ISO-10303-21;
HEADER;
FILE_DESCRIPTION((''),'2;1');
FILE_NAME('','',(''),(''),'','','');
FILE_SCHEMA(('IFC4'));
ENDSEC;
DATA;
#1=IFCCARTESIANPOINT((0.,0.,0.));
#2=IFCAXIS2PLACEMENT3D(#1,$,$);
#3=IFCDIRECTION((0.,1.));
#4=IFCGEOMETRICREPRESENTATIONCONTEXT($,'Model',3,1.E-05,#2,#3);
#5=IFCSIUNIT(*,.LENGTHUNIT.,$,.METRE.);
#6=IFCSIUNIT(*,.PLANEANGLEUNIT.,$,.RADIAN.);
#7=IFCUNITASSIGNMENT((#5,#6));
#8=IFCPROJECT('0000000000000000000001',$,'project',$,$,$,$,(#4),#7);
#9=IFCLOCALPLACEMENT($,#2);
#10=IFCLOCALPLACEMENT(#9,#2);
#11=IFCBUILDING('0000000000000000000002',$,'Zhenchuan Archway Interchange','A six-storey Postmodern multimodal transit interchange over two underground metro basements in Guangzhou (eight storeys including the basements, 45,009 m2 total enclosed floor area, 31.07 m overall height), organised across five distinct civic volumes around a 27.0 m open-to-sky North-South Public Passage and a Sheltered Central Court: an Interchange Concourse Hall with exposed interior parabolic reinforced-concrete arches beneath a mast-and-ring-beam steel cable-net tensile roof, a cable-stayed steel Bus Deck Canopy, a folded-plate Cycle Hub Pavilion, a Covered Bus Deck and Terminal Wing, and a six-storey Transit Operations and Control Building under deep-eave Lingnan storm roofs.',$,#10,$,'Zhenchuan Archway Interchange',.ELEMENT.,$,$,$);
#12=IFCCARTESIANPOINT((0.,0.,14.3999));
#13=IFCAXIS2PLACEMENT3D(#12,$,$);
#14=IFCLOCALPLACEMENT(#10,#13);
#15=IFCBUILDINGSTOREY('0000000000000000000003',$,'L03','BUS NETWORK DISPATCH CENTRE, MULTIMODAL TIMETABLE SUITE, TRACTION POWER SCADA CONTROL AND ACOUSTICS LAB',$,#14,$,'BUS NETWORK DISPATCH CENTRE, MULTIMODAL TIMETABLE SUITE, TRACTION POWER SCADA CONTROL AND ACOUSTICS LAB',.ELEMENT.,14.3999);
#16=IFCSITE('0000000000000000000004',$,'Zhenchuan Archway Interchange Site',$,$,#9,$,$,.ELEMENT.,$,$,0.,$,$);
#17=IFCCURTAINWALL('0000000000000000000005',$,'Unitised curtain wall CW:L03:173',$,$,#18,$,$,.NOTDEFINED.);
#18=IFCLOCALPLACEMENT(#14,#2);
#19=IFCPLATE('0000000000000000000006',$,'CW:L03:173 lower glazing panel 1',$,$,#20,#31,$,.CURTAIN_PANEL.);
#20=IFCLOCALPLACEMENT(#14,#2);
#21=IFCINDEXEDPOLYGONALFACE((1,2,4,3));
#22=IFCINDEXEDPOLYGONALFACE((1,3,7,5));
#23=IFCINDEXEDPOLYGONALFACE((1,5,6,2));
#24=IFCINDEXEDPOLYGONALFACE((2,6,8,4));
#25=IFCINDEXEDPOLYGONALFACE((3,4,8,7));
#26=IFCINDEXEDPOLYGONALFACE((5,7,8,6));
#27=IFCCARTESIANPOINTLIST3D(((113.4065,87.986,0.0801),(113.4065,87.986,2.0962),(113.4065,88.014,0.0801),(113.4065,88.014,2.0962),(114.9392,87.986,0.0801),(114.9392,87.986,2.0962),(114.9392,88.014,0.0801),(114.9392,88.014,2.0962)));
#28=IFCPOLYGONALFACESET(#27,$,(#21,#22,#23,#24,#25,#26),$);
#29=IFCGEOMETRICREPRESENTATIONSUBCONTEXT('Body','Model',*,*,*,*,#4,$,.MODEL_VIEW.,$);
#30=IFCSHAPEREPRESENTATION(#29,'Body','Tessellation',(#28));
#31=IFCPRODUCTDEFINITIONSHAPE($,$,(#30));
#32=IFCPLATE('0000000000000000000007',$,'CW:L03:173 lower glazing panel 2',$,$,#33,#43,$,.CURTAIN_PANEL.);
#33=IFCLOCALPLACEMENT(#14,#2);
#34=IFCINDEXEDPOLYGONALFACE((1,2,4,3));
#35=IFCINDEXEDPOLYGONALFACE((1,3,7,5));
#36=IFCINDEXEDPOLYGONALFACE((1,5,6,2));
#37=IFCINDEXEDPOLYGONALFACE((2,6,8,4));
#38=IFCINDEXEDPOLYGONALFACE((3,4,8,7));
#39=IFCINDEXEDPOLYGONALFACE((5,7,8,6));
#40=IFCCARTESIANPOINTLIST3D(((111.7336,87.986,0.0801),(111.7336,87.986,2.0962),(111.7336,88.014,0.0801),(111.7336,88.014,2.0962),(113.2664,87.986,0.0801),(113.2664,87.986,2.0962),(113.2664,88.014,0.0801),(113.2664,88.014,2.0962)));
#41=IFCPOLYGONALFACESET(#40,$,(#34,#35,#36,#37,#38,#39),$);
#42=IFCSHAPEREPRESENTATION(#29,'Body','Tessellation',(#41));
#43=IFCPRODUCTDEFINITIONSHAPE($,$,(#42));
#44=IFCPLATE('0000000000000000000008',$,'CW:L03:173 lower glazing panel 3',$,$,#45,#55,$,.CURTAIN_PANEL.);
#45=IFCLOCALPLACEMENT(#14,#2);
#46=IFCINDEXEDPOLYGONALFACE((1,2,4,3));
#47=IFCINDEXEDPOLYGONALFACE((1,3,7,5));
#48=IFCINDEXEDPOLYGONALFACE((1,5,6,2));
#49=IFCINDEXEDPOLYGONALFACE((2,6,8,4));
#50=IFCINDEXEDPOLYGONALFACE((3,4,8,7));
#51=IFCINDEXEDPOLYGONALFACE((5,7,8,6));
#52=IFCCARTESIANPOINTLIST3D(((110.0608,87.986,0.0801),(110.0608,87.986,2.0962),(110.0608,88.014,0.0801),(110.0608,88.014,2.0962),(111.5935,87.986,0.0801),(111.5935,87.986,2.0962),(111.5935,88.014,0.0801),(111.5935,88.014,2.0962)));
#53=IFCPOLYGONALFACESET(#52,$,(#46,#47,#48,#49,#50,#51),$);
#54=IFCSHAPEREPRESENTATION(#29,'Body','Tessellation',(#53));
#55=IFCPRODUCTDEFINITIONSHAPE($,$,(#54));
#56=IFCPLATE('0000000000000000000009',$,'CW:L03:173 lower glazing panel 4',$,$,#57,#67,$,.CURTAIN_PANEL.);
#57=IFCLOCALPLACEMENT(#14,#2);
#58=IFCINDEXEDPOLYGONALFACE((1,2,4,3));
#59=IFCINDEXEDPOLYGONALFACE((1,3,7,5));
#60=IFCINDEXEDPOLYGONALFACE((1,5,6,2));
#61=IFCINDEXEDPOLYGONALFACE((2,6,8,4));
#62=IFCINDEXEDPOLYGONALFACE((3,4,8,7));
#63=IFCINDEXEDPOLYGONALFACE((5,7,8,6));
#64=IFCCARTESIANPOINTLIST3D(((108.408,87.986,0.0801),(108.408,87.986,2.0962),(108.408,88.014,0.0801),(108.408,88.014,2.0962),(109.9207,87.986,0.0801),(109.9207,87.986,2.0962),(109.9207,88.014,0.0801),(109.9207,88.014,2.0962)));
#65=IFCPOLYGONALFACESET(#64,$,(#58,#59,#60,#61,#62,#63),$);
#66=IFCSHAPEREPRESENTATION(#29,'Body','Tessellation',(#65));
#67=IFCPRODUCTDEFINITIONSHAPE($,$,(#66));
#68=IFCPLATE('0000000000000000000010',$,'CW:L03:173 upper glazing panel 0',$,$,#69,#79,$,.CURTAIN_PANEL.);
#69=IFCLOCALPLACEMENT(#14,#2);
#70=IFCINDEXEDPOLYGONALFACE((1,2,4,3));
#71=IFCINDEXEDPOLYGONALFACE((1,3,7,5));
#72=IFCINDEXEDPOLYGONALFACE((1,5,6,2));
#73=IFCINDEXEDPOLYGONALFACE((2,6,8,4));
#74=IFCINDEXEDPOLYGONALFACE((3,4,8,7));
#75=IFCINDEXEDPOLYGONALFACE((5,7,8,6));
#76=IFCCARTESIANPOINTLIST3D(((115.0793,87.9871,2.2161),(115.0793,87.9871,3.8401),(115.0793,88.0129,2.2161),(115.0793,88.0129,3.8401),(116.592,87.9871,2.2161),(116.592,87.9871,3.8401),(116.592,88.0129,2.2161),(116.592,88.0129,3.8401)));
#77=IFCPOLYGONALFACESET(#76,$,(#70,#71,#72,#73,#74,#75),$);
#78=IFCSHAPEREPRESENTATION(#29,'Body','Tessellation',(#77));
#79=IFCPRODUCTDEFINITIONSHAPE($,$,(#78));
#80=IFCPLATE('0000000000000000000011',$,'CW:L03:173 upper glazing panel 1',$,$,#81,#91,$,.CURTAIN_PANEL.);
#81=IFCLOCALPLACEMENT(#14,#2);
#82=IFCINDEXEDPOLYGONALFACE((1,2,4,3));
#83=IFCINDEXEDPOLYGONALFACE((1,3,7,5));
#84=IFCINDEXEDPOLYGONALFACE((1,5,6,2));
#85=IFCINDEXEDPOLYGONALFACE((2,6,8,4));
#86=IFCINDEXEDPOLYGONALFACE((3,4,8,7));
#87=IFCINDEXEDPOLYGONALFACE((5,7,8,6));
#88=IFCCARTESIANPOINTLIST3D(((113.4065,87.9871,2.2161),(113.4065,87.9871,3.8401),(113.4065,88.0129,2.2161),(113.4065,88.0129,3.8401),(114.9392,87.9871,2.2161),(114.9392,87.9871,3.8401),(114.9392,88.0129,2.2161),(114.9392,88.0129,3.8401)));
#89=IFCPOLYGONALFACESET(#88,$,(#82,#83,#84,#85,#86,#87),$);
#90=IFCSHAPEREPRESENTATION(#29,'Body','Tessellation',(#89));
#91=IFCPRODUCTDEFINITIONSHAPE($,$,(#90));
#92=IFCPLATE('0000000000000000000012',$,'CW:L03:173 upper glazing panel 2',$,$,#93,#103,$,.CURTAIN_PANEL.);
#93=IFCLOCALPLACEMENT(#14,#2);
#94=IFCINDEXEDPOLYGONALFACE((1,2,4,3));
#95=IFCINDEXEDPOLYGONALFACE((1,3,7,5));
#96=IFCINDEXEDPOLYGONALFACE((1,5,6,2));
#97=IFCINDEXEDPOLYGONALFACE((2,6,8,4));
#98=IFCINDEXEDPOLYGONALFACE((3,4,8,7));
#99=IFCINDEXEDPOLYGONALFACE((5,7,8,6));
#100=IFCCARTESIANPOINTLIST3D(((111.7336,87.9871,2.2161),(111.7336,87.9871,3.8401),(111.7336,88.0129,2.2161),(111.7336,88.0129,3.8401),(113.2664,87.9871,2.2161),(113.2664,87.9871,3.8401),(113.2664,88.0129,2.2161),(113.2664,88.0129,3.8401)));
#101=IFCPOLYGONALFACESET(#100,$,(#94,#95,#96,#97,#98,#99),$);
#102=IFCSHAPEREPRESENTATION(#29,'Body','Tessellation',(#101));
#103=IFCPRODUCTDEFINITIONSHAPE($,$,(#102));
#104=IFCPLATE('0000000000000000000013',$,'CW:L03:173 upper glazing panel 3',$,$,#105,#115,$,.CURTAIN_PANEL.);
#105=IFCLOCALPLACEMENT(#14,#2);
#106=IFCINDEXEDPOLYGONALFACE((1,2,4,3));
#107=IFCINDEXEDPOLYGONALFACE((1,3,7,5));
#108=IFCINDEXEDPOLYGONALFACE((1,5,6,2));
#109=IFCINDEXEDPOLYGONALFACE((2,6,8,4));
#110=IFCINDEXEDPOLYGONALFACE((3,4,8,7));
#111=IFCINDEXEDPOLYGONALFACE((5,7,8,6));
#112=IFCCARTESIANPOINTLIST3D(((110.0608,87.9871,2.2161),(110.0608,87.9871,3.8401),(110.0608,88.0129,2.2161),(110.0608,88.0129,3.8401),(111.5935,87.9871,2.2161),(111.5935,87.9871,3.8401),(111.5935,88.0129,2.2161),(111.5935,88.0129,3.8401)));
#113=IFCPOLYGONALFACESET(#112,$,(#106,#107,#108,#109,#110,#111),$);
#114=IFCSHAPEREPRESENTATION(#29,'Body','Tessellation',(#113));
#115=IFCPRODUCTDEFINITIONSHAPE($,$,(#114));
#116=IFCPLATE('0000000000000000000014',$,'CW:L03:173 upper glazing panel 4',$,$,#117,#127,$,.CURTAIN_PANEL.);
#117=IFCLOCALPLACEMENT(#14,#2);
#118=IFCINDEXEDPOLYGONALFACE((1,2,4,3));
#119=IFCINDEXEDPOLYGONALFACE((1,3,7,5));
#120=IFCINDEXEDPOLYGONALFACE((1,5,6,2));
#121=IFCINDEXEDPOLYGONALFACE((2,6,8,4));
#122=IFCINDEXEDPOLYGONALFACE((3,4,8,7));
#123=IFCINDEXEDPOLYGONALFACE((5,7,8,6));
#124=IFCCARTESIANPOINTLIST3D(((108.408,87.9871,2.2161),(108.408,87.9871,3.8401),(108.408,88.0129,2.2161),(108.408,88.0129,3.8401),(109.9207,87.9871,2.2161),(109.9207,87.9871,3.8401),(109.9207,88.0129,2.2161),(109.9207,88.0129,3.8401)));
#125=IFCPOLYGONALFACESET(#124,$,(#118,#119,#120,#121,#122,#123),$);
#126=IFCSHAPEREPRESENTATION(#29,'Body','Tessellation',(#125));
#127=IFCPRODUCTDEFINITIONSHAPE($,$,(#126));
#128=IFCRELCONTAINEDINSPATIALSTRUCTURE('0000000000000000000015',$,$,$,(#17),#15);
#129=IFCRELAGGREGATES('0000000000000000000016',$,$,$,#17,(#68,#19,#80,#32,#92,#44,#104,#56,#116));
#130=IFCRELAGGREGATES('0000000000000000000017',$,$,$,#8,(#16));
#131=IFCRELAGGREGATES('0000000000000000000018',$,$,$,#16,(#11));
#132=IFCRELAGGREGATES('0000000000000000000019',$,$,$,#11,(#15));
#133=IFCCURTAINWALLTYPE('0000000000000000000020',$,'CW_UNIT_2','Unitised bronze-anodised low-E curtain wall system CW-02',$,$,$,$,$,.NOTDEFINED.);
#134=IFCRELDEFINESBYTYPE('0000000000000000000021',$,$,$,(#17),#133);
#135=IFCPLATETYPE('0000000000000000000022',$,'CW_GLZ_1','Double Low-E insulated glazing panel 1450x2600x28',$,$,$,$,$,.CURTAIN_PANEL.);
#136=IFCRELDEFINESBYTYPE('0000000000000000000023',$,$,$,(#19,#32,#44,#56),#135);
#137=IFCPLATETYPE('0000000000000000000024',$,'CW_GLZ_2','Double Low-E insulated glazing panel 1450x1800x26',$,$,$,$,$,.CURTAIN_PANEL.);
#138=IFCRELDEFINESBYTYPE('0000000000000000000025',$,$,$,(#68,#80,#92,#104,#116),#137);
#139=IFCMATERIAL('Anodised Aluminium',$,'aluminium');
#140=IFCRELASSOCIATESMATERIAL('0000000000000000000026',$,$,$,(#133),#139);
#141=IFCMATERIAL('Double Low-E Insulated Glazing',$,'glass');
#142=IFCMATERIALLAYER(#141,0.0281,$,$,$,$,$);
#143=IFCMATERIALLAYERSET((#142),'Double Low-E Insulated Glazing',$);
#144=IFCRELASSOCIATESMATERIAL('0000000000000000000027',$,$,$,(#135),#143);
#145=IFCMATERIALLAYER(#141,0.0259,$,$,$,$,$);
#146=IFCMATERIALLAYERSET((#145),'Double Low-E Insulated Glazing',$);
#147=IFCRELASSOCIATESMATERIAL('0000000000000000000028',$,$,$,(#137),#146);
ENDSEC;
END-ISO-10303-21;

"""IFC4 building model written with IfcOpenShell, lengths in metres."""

from ifc_helpers import new_model, si_unit, direction, frame, origin, origin_2d, place, context, subcontext, project, spatial, rectangle, extrude, material, layer, layer_set, type_object, element, aggregate, save


model = new_model("IFC4")

# Units and contexts
model_context = context("Model", 3, precision=1e-05, world=origin(), true_north=direction((0.0, 1.0)))
body_context = subcontext(model_context, "Body", "Model", "MODEL_VIEW")
ifc_project = project(units=[si_unit("LENGTHUNIT", "METRE"), si_unit("PLANEANGLEUNIT", "RADIAN")], contexts=[model_context])

# Site, building, storey
site_placement = place(None, origin())
site = spatial("IfcSite", under=ifc_project, at=site_placement, Name="Zhenchuan Archway Interchange Site", CompositionType="ELEMENT", RefElevation=0.0)
building_placement = place(site_placement, origin())
building = spatial("IfcBuilding", under=site, at=building_placement, Name="Zhenchuan Archway Interchange", Description="A six-storey Postmodern multimodal transit interchange over two underground metro basements in Guangzhou (eight storeys including the basements, 45,009 m2 total enclosed floor area, 31.07 m overall height), organised across five distinct civic volumes around a 27.0 m open-to-sky North-South Public Passage and a Sheltered Central Court: an Interchange Concourse Hall with exposed interior parabolic reinforced-concrete arches beneath a mast-and-ring-beam steel cable-net tensile roof, a cable-stayed steel Bus Deck Canopy, a folded-plate Cycle Hub Pavilion, a Covered Bus Deck and Terminal Wing, and a six-storey Transit Operations and Control Building under deep-eave Lingnan storm roofs.", LongName="Zhenchuan Archway Interchange", CompositionType="ELEMENT")
storey_placement = place(building_placement, frame((0.0, 0.0, 14.3999)))
storey = spatial("IfcBuildingStorey", under=building, at=storey_placement, Name="L03", Description="BUS NETWORK DISPATCH CENTRE, MULTIMODAL TIMETABLE SUITE, TRACTION POWER SCADA CONTROL AND ACOUSTICS LAB", LongName="BUS NETWORK DISPATCH CENTRE, MULTIMODAL TIMETABLE SUITE, TRACTION POWER SCADA CONTROL AND ACOUSTICS LAB", CompositionType="ELEMENT", Elevation=14.3999)

# Curtain wall
ifc_material_1 = material(Name="Anodised Aluminium", Category="aluminium")
curtain_wall_type = type_object("IfcCurtainWallType", Name="CW_UNIT_2", Description="Unitised bronze-anodised low-E curtain wall system CW-02", PredefinedType="NOTDEFINED", material=ifc_material_1)
curtain_wall_placement = place(storey_placement, origin())
curtain_wall = element("IfcCurtainWall", 1, at=curtain_wall_placement, inside=storey, type_object=curtain_wall_type, Name="Unitised curtain wall CW:L03:173", PredefinedType="NOTDEFINED")

# Plates
ifc_material_2 = material(Name="Double Low-E Insulated Glazing", Category="glass")
ifc_layer_1 = layer(ifc_material_2, 0.0281)
ifc_layer_set_1 = layer_set([ifc_layer_1], Name="Double Low-E Insulated Glazing")
plate_type_1 = type_object("IfcPlateType", Name="CW_GLZ_1", Description="Double Low-E insulated glazing panel 1450x2600x28", PredefinedType="CURTAIN_PANEL", material=ifc_layer_set_1)
plate_1_placement = place(storey_placement, frame((114.1729, 88.0, 0.0801), z_axis=(0.0, 0.0, 1.0), x_axis=(-1.0, 0.0, 0.0)))
plate_1 = element("IfcPlate", 2, at=plate_1_placement, type_object=plate_type_1, Name="CW:L03:173 lower glazing panel 1", PredefinedType="CURTAIN_PANEL", context=body_context, shape_type="SweptSolid", body=[
    extrude(rectangle(XDim=1.5327, YDim=0.0281, at=origin_2d()), origin(), (0.0, 0.0, 1.0), 2.0161),
])
plate_2_placement = place(storey_placement, frame((112.5, 88.0, 0.0801), z_axis=(0.0, 0.0, 1.0), x_axis=(-1.0, 0.0, 0.0)))
plate_2 = element("IfcPlate", 3, at=plate_2_placement, type_object=plate_type_1, Name="CW:L03:173 lower glazing panel 2", PredefinedType="CURTAIN_PANEL", context=body_context, shape_type="SweptSolid", body=[
    extrude(rectangle(XDim=1.5327, YDim=0.0281, at=origin_2d()), origin(), (0.0, 0.0, 1.0), 2.0161),
])
plate_3_placement = place(storey_placement, frame((110.8271, 88.0, 0.0801), z_axis=(0.0, 0.0, 1.0), x_axis=(-1.0, 0.0, 0.0)))
plate_3 = element("IfcPlate", 4, at=plate_3_placement, type_object=plate_type_1, Name="CW:L03:173 lower glazing panel 3", PredefinedType="CURTAIN_PANEL", context=body_context, shape_type="SweptSolid", body=[
    extrude(rectangle(XDim=1.5327, YDim=0.0281, at=origin_2d()), origin(), (0.0, 0.0, 1.0), 2.0161),
])
plate_4_placement = place(storey_placement, frame((109.1643, 88.0, 0.0801), z_axis=(0.0, 0.0, 1.0), x_axis=(-1.0, 0.0, 0.0)))
plate_4 = element("IfcPlate", 5, at=plate_4_placement, type_object=plate_type_1, Name="CW:L03:173 lower glazing panel 4", PredefinedType="CURTAIN_PANEL", context=body_context, shape_type="SweptSolid", body=[
    extrude(rectangle(XDim=1.5127, YDim=0.0281, at=origin_2d()), origin(), (0.0, 0.0, 1.0), 2.0161),
])
ifc_layer_2 = layer(ifc_material_2, 0.0259)
ifc_layer_set_2 = layer_set([ifc_layer_2], Name="Double Low-E Insulated Glazing")
plate_type_2 = type_object("IfcPlateType", Name="CW_GLZ_2", Description="Double Low-E insulated glazing panel 1450x1800x26", PredefinedType="CURTAIN_PANEL", material=ifc_layer_set_2)
plate_5_placement = place(storey_placement, frame((115.8357, 88.0, 2.2161), z_axis=(0.0, 0.0, 1.0), x_axis=(-1.0, 0.0, 0.0)))
plate_5 = element("IfcPlate", 6, at=plate_5_placement, type_object=plate_type_2, Name="CW:L03:173 upper glazing panel 0", PredefinedType="CURTAIN_PANEL", context=body_context, shape_type="SweptSolid", body=[
    extrude(rectangle(XDim=1.5127, YDim=0.0259, at=origin_2d()), origin(), (0.0, 0.0, 1.0), 1.624),
])
plate_6_placement = place(storey_placement, frame((114.1729, 88.0, 2.2161), z_axis=(0.0, 0.0, 1.0), x_axis=(-1.0, 0.0, 0.0)))
plate_6 = element("IfcPlate", 7, at=plate_6_placement, type_object=plate_type_2, Name="CW:L03:173 upper glazing panel 1", PredefinedType="CURTAIN_PANEL", context=body_context, shape_type="SweptSolid", body=[
    extrude(rectangle(XDim=1.5327, YDim=0.0259, at=origin_2d()), origin(), (0.0, 0.0, 1.0), 1.624),
])
plate_7_placement = place(storey_placement, frame((112.5, 88.0, 2.2161), z_axis=(0.0, 0.0, 1.0), x_axis=(-1.0, 0.0, 0.0)))
plate_7 = element("IfcPlate", 8, at=plate_7_placement, type_object=plate_type_2, Name="CW:L03:173 upper glazing panel 2", PredefinedType="CURTAIN_PANEL", context=body_context, shape_type="SweptSolid", body=[
    extrude(rectangle(XDim=1.5327, YDim=0.0259, at=origin_2d()), origin(), (0.0, 0.0, 1.0), 1.624),
])
plate_8_placement = place(storey_placement, frame((110.8271, 88.0, 2.2161), z_axis=(0.0, 0.0, 1.0), x_axis=(-1.0, 0.0, 0.0)))
plate_8 = element("IfcPlate", 9, at=plate_8_placement, type_object=plate_type_2, Name="CW:L03:173 upper glazing panel 3", PredefinedType="CURTAIN_PANEL", context=body_context, shape_type="SweptSolid", body=[
    extrude(rectangle(XDim=1.5327, YDim=0.0259, at=origin_2d()), origin(), (0.0, 0.0, 1.0), 1.624),
])
plate_9_placement = place(storey_placement, frame((109.1643, 88.0, 2.2161), z_axis=(0.0, 0.0, 1.0), x_axis=(-1.0, 0.0, 0.0)))
plate_9 = element("IfcPlate", 10, at=plate_9_placement, type_object=plate_type_2, Name="CW:L03:173 upper glazing panel 4", PredefinedType="CURTAIN_PANEL", context=body_context, shape_type="SweptSolid", body=[
    extrude(rectangle(XDim=1.5127, YDim=0.0259, at=origin_2d()), origin(), (0.0, 0.0, 1.0), 1.624),
])
aggregate(curtain_wall, [plate_5, plate_1, plate_6, plate_2, plate_7, plate_3, plate_8, plate_4, plate_9])

save(model, "model.ifc")
